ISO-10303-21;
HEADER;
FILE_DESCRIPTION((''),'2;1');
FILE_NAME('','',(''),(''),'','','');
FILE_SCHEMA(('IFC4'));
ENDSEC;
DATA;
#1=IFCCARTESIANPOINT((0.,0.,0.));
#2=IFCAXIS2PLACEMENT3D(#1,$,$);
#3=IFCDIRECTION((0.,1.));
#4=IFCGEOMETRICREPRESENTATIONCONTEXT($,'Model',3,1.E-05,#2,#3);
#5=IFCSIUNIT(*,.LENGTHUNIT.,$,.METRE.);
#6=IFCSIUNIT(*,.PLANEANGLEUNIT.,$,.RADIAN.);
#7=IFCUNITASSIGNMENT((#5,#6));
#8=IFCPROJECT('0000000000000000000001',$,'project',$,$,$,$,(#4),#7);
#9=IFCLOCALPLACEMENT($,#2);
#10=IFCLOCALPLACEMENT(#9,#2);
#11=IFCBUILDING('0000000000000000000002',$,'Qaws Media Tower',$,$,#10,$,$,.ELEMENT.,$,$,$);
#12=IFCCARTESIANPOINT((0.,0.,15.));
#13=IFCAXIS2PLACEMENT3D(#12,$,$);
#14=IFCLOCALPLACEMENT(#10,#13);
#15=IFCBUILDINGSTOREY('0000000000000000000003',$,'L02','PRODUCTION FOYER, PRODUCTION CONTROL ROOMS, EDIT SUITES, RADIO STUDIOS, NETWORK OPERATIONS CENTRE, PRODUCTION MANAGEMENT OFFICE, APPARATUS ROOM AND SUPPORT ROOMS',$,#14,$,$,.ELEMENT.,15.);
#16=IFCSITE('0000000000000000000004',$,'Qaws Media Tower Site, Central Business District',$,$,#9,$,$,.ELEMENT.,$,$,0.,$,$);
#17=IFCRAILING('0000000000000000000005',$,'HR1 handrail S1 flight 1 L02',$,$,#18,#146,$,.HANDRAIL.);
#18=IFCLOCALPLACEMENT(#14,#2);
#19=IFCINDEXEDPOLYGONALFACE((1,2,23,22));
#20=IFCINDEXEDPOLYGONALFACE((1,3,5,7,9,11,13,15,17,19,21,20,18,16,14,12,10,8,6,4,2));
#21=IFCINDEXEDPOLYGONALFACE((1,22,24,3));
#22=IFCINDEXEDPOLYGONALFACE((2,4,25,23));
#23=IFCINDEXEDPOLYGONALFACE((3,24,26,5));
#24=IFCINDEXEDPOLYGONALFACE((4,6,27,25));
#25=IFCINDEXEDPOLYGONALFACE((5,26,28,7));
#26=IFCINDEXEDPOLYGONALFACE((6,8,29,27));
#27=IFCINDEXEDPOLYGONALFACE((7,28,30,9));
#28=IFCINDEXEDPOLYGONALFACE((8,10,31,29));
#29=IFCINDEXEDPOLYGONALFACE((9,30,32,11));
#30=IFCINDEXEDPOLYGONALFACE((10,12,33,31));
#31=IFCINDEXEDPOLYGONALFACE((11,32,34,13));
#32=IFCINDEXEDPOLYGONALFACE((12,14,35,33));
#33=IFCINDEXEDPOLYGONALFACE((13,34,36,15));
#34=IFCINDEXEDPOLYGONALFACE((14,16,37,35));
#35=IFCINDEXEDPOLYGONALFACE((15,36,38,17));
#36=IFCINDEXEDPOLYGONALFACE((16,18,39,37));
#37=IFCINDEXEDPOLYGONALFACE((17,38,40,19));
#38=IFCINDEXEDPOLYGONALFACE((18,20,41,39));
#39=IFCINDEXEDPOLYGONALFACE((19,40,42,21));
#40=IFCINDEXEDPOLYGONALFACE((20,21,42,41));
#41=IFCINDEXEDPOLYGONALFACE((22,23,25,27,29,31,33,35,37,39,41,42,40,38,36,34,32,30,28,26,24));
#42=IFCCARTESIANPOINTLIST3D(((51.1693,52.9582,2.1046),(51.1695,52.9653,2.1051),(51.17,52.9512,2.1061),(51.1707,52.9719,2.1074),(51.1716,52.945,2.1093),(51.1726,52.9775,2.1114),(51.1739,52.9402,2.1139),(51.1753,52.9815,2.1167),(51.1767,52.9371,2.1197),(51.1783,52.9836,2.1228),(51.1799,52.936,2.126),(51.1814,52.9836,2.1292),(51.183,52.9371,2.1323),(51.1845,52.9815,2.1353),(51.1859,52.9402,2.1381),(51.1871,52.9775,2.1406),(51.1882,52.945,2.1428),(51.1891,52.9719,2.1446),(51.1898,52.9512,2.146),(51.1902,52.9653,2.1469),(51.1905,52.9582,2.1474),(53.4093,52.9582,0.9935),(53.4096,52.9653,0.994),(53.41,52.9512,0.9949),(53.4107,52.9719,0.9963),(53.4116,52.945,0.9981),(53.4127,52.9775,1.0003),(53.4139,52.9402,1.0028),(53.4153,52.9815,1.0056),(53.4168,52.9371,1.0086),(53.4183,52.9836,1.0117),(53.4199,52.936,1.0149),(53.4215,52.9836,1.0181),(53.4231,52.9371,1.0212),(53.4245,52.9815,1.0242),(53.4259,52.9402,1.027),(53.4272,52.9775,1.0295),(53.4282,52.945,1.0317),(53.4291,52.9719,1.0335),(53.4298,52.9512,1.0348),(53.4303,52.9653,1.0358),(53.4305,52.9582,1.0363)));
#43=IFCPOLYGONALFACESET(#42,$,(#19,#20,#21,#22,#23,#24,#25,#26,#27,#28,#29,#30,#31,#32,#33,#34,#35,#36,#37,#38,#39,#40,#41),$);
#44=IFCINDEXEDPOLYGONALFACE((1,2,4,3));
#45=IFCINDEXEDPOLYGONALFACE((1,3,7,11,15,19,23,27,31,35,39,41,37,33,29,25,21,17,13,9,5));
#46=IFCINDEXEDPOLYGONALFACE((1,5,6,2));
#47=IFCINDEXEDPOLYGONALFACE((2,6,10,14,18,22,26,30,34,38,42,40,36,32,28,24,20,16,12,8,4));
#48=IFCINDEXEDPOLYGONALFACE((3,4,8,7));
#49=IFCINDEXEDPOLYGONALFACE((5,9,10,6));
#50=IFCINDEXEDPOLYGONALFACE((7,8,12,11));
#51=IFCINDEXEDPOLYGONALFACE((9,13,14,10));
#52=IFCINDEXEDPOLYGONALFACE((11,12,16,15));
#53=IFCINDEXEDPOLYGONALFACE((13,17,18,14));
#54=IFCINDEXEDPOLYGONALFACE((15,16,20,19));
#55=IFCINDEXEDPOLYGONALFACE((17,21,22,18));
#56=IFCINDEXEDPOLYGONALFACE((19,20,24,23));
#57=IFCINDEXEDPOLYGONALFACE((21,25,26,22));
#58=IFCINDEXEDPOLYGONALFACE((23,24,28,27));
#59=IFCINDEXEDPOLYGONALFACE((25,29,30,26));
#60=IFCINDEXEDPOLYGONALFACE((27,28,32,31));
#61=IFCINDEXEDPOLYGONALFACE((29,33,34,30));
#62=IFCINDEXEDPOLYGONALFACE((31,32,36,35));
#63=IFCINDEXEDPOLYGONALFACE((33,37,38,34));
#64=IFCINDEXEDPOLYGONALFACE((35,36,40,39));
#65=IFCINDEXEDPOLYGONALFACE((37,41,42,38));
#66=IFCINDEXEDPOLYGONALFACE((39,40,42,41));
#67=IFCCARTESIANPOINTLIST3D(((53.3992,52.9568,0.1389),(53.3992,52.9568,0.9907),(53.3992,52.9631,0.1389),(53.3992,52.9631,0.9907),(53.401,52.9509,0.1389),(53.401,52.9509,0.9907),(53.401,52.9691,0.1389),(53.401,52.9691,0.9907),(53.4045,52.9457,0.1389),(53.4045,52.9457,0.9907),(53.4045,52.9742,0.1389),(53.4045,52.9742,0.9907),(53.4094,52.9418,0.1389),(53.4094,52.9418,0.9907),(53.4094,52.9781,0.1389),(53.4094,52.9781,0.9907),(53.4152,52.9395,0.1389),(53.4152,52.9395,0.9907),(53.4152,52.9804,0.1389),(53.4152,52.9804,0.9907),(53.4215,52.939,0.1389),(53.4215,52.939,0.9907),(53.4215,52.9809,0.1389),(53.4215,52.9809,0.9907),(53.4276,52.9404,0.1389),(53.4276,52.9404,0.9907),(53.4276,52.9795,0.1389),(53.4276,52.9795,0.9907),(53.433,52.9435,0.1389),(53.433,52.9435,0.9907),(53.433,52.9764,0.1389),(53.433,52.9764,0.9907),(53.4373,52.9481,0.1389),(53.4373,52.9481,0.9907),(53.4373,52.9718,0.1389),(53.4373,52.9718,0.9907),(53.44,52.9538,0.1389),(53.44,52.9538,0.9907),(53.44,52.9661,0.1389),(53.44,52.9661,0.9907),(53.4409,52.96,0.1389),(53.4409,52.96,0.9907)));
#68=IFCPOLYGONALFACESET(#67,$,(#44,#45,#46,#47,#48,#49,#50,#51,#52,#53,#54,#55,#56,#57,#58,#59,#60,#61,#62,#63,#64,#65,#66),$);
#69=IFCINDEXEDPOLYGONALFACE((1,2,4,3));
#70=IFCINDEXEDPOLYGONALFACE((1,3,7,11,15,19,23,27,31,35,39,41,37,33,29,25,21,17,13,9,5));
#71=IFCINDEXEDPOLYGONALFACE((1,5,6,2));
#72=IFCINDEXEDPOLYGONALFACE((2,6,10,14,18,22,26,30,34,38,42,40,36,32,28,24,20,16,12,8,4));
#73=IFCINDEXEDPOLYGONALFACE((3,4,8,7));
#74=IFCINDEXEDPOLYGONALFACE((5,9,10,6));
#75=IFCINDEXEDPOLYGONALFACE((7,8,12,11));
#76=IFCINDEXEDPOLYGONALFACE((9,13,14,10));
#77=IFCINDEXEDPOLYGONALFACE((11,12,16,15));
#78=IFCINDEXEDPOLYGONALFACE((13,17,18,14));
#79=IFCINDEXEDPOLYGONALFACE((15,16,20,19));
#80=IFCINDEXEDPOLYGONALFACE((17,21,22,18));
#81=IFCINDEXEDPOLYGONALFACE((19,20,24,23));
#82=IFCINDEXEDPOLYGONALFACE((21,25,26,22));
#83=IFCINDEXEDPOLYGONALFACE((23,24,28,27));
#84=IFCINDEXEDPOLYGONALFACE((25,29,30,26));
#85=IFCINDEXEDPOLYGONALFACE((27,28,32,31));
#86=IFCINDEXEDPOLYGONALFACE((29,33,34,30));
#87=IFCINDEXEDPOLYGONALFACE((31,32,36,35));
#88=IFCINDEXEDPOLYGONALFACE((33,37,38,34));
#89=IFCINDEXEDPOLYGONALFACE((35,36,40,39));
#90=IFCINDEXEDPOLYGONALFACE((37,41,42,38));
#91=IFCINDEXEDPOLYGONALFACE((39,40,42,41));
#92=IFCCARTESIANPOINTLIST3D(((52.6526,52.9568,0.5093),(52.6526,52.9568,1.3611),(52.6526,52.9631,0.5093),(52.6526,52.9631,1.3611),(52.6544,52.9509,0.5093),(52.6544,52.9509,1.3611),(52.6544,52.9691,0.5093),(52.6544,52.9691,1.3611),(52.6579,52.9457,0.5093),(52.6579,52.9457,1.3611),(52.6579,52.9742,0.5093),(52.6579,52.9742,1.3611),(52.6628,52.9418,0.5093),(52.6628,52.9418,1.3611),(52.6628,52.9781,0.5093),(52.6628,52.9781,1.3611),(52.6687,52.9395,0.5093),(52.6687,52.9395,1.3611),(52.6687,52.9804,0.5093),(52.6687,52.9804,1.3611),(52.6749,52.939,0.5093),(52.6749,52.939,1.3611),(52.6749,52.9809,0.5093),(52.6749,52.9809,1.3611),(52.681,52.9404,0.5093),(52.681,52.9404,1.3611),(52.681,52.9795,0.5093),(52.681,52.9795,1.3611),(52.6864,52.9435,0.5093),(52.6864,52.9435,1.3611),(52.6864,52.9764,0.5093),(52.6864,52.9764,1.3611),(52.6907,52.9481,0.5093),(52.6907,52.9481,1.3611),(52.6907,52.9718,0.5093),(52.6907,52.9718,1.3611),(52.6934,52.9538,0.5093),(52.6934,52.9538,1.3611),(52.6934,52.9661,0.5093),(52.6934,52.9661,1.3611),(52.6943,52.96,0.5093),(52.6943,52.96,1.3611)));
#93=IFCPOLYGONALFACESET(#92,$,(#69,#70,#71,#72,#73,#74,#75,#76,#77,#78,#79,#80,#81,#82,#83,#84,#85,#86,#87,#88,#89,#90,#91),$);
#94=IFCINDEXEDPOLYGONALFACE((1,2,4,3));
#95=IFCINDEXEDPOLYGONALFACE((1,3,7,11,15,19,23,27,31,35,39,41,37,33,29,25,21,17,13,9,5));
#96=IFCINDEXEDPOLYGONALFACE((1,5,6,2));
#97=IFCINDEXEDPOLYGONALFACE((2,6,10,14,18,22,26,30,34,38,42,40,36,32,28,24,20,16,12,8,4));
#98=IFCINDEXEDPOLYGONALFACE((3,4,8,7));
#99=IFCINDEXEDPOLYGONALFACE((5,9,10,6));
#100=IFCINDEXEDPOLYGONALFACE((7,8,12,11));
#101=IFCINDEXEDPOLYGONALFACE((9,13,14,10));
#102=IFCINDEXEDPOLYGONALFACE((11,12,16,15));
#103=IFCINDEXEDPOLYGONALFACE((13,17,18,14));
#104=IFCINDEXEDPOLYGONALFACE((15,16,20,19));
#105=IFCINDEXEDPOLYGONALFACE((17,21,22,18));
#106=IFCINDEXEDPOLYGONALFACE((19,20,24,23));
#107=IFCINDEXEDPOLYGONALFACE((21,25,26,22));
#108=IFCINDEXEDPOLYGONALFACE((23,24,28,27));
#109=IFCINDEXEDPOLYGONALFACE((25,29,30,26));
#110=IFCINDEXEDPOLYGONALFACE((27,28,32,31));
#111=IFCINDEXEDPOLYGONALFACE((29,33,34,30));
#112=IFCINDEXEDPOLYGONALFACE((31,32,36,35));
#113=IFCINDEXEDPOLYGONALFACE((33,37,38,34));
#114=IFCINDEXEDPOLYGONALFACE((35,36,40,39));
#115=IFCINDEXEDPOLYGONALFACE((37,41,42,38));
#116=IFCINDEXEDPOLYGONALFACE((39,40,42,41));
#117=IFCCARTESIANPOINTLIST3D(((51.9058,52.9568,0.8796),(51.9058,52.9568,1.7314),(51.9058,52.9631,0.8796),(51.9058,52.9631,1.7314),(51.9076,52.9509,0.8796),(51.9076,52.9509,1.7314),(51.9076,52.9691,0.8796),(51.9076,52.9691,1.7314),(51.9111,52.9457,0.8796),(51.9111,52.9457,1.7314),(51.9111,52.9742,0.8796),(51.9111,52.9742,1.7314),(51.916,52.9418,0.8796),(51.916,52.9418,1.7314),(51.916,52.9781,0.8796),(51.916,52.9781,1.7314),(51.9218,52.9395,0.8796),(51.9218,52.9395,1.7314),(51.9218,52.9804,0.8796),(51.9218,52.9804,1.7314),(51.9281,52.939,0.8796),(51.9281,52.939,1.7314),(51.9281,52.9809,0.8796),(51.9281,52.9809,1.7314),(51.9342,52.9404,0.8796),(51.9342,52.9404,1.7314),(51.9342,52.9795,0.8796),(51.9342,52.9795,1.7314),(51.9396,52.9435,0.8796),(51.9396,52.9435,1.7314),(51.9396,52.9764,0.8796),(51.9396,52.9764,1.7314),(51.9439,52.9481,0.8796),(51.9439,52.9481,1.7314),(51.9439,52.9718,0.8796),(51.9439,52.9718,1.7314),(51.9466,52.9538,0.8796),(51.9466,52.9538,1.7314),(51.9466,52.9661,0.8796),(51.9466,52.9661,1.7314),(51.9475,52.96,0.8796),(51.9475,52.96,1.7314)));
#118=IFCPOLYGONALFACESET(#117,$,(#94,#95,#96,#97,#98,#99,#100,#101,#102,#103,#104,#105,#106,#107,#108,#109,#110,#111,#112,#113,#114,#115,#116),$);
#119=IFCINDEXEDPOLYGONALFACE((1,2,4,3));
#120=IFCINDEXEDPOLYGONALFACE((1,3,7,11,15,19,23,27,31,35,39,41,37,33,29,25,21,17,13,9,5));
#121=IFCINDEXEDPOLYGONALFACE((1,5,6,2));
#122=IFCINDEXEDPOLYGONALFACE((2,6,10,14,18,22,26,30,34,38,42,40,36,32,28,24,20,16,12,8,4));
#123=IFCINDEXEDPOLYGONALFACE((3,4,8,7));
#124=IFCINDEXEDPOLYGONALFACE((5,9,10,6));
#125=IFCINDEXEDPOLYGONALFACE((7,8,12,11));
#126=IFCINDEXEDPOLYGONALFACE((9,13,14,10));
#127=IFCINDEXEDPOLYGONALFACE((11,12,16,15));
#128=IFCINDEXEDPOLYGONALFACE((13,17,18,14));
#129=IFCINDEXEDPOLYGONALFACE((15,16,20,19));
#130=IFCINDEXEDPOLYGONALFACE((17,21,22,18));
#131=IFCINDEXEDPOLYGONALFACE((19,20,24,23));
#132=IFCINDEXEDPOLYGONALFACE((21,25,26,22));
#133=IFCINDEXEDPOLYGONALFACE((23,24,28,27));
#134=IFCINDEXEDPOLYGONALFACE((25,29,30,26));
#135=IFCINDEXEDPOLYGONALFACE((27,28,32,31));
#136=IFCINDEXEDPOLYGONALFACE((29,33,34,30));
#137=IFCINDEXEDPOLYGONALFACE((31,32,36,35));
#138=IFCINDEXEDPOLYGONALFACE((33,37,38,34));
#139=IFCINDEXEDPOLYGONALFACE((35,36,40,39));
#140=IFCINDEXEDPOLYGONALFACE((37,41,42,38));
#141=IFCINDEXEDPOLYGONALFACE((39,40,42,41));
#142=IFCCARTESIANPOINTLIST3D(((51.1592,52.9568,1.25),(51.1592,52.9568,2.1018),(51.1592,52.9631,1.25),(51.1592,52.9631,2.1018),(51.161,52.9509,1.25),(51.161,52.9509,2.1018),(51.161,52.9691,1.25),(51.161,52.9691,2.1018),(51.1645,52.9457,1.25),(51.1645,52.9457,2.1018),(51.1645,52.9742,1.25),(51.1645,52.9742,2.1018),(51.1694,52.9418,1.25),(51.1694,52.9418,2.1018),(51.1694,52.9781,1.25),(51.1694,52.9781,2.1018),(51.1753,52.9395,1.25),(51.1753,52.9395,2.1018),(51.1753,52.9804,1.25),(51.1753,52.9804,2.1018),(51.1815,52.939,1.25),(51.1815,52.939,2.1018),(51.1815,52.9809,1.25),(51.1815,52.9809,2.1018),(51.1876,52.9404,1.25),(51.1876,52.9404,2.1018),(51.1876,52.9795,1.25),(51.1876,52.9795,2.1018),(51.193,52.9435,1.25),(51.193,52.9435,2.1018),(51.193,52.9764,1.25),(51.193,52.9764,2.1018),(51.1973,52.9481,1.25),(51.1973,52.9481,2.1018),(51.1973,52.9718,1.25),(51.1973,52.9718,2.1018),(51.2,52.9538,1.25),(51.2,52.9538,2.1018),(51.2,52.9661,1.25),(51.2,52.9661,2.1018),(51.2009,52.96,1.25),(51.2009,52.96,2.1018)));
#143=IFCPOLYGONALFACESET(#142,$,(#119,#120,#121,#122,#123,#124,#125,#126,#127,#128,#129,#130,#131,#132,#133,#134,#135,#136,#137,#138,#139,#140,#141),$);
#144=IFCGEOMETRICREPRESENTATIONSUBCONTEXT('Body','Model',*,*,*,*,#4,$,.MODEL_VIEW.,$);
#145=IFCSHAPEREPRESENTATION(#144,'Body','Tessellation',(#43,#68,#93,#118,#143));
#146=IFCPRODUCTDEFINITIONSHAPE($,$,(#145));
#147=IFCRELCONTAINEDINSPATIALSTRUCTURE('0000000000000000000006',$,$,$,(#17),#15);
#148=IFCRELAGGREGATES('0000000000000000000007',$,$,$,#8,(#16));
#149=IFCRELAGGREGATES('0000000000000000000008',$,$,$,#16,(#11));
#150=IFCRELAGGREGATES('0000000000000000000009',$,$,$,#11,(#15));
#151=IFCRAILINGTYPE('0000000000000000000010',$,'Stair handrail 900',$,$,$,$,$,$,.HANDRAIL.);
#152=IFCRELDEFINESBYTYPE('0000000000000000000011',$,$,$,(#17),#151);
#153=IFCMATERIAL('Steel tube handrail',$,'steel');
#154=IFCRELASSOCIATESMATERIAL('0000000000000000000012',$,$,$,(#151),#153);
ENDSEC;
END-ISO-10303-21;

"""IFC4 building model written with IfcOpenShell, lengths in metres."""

from ifc_helpers import new_model, si_unit, direction, frame, origin, origin_2d, place, context, subcontext, project, spatial, circle, extrude, material, type_object, element, save


model = new_model("IFC4")

# Units and contexts
model_context = context("Model", 3, precision=1e-05, world=origin(), true_north=direction((0.0, 1.0)))
body_context = subcontext(model_context, "Body", "Model", "MODEL_VIEW")
ifc_project = project(units=[si_unit("LENGTHUNIT", "METRE"), si_unit("PLANEANGLEUNIT", "RADIAN")], contexts=[model_context])

# Site, building, storey
site_placement = place(None, origin())
site = spatial("IfcSite", under=ifc_project, at=site_placement, Name="Qaws Media Tower Site, Central Business District", CompositionType="ELEMENT", RefElevation=0.0)
building_placement = place(site_placement, origin())
building = spatial("IfcBuilding", under=site, at=building_placement, Name="Qaws Media Tower", CompositionType="ELEMENT")
storey_placement = place(building_placement, frame((0.0, 0.0, 15.0)))
storey = spatial("IfcBuildingStorey", under=building, at=storey_placement, Name="L02", Description="PRODUCTION FOYER, PRODUCTION CONTROL ROOMS, EDIT SUITES, RADIO STUDIOS, NETWORK OPERATIONS CENTRE, PRODUCTION MANAGEMENT OFFICE, APPARATUS ROOM AND SUPPORT ROOMS", CompositionType="ELEMENT", Elevation=15.0)

# Railing
ifc_material_1 = material(Name="Steel tube handrail", Category="steel")
railing_type = type_object("IfcRailingType", Name="Stair handrail 900", PredefinedType="HANDRAIL", material=ifc_material_1)
for number, where, name in (
    (1, (53.4199, 52.96, 0.1389), "HR1 handrail S1 flight 1 L02"),
):
    element("IfcRailing", number, at=place(storey_placement, frame(where)), inside=storey, type_object=railing_type, Name=name, PredefinedType="HANDRAIL", context=body_context, shape_type="SweptSolid", body=[
        extrude(circle(Radius=0.0239, at=origin_2d()), frame((0.0, 0.0, 0.876), z_axis=(-0.895848, 0.0, 0.44436), x_axis=(0.0, -1.0, 0.0)), (0.0, 0.0, 1.0), 2.5005),
        extrude(circle(Radius=0.021, at=origin_2d()), origin(), (0.0, 0.0, 1.0), 0.8518),
        extrude(circle(Radius=0.021, at=origin_2d()), frame((-0.7466, 0.0, 0.3704)), (0.0, 0.0, 1.0), 0.8518),
        extrude(circle(Radius=0.021, at=origin_2d()), frame((-1.4934, 0.0, 0.7407)), (0.0, 0.0, 1.0), 0.8518),
        extrude(circle(Radius=0.021, at=origin_2d()), frame((-2.24, 0.0, 1.1111)), (0.0, 0.0, 1.0), 0.8518),
    ])

save(model, "model.ifc")
